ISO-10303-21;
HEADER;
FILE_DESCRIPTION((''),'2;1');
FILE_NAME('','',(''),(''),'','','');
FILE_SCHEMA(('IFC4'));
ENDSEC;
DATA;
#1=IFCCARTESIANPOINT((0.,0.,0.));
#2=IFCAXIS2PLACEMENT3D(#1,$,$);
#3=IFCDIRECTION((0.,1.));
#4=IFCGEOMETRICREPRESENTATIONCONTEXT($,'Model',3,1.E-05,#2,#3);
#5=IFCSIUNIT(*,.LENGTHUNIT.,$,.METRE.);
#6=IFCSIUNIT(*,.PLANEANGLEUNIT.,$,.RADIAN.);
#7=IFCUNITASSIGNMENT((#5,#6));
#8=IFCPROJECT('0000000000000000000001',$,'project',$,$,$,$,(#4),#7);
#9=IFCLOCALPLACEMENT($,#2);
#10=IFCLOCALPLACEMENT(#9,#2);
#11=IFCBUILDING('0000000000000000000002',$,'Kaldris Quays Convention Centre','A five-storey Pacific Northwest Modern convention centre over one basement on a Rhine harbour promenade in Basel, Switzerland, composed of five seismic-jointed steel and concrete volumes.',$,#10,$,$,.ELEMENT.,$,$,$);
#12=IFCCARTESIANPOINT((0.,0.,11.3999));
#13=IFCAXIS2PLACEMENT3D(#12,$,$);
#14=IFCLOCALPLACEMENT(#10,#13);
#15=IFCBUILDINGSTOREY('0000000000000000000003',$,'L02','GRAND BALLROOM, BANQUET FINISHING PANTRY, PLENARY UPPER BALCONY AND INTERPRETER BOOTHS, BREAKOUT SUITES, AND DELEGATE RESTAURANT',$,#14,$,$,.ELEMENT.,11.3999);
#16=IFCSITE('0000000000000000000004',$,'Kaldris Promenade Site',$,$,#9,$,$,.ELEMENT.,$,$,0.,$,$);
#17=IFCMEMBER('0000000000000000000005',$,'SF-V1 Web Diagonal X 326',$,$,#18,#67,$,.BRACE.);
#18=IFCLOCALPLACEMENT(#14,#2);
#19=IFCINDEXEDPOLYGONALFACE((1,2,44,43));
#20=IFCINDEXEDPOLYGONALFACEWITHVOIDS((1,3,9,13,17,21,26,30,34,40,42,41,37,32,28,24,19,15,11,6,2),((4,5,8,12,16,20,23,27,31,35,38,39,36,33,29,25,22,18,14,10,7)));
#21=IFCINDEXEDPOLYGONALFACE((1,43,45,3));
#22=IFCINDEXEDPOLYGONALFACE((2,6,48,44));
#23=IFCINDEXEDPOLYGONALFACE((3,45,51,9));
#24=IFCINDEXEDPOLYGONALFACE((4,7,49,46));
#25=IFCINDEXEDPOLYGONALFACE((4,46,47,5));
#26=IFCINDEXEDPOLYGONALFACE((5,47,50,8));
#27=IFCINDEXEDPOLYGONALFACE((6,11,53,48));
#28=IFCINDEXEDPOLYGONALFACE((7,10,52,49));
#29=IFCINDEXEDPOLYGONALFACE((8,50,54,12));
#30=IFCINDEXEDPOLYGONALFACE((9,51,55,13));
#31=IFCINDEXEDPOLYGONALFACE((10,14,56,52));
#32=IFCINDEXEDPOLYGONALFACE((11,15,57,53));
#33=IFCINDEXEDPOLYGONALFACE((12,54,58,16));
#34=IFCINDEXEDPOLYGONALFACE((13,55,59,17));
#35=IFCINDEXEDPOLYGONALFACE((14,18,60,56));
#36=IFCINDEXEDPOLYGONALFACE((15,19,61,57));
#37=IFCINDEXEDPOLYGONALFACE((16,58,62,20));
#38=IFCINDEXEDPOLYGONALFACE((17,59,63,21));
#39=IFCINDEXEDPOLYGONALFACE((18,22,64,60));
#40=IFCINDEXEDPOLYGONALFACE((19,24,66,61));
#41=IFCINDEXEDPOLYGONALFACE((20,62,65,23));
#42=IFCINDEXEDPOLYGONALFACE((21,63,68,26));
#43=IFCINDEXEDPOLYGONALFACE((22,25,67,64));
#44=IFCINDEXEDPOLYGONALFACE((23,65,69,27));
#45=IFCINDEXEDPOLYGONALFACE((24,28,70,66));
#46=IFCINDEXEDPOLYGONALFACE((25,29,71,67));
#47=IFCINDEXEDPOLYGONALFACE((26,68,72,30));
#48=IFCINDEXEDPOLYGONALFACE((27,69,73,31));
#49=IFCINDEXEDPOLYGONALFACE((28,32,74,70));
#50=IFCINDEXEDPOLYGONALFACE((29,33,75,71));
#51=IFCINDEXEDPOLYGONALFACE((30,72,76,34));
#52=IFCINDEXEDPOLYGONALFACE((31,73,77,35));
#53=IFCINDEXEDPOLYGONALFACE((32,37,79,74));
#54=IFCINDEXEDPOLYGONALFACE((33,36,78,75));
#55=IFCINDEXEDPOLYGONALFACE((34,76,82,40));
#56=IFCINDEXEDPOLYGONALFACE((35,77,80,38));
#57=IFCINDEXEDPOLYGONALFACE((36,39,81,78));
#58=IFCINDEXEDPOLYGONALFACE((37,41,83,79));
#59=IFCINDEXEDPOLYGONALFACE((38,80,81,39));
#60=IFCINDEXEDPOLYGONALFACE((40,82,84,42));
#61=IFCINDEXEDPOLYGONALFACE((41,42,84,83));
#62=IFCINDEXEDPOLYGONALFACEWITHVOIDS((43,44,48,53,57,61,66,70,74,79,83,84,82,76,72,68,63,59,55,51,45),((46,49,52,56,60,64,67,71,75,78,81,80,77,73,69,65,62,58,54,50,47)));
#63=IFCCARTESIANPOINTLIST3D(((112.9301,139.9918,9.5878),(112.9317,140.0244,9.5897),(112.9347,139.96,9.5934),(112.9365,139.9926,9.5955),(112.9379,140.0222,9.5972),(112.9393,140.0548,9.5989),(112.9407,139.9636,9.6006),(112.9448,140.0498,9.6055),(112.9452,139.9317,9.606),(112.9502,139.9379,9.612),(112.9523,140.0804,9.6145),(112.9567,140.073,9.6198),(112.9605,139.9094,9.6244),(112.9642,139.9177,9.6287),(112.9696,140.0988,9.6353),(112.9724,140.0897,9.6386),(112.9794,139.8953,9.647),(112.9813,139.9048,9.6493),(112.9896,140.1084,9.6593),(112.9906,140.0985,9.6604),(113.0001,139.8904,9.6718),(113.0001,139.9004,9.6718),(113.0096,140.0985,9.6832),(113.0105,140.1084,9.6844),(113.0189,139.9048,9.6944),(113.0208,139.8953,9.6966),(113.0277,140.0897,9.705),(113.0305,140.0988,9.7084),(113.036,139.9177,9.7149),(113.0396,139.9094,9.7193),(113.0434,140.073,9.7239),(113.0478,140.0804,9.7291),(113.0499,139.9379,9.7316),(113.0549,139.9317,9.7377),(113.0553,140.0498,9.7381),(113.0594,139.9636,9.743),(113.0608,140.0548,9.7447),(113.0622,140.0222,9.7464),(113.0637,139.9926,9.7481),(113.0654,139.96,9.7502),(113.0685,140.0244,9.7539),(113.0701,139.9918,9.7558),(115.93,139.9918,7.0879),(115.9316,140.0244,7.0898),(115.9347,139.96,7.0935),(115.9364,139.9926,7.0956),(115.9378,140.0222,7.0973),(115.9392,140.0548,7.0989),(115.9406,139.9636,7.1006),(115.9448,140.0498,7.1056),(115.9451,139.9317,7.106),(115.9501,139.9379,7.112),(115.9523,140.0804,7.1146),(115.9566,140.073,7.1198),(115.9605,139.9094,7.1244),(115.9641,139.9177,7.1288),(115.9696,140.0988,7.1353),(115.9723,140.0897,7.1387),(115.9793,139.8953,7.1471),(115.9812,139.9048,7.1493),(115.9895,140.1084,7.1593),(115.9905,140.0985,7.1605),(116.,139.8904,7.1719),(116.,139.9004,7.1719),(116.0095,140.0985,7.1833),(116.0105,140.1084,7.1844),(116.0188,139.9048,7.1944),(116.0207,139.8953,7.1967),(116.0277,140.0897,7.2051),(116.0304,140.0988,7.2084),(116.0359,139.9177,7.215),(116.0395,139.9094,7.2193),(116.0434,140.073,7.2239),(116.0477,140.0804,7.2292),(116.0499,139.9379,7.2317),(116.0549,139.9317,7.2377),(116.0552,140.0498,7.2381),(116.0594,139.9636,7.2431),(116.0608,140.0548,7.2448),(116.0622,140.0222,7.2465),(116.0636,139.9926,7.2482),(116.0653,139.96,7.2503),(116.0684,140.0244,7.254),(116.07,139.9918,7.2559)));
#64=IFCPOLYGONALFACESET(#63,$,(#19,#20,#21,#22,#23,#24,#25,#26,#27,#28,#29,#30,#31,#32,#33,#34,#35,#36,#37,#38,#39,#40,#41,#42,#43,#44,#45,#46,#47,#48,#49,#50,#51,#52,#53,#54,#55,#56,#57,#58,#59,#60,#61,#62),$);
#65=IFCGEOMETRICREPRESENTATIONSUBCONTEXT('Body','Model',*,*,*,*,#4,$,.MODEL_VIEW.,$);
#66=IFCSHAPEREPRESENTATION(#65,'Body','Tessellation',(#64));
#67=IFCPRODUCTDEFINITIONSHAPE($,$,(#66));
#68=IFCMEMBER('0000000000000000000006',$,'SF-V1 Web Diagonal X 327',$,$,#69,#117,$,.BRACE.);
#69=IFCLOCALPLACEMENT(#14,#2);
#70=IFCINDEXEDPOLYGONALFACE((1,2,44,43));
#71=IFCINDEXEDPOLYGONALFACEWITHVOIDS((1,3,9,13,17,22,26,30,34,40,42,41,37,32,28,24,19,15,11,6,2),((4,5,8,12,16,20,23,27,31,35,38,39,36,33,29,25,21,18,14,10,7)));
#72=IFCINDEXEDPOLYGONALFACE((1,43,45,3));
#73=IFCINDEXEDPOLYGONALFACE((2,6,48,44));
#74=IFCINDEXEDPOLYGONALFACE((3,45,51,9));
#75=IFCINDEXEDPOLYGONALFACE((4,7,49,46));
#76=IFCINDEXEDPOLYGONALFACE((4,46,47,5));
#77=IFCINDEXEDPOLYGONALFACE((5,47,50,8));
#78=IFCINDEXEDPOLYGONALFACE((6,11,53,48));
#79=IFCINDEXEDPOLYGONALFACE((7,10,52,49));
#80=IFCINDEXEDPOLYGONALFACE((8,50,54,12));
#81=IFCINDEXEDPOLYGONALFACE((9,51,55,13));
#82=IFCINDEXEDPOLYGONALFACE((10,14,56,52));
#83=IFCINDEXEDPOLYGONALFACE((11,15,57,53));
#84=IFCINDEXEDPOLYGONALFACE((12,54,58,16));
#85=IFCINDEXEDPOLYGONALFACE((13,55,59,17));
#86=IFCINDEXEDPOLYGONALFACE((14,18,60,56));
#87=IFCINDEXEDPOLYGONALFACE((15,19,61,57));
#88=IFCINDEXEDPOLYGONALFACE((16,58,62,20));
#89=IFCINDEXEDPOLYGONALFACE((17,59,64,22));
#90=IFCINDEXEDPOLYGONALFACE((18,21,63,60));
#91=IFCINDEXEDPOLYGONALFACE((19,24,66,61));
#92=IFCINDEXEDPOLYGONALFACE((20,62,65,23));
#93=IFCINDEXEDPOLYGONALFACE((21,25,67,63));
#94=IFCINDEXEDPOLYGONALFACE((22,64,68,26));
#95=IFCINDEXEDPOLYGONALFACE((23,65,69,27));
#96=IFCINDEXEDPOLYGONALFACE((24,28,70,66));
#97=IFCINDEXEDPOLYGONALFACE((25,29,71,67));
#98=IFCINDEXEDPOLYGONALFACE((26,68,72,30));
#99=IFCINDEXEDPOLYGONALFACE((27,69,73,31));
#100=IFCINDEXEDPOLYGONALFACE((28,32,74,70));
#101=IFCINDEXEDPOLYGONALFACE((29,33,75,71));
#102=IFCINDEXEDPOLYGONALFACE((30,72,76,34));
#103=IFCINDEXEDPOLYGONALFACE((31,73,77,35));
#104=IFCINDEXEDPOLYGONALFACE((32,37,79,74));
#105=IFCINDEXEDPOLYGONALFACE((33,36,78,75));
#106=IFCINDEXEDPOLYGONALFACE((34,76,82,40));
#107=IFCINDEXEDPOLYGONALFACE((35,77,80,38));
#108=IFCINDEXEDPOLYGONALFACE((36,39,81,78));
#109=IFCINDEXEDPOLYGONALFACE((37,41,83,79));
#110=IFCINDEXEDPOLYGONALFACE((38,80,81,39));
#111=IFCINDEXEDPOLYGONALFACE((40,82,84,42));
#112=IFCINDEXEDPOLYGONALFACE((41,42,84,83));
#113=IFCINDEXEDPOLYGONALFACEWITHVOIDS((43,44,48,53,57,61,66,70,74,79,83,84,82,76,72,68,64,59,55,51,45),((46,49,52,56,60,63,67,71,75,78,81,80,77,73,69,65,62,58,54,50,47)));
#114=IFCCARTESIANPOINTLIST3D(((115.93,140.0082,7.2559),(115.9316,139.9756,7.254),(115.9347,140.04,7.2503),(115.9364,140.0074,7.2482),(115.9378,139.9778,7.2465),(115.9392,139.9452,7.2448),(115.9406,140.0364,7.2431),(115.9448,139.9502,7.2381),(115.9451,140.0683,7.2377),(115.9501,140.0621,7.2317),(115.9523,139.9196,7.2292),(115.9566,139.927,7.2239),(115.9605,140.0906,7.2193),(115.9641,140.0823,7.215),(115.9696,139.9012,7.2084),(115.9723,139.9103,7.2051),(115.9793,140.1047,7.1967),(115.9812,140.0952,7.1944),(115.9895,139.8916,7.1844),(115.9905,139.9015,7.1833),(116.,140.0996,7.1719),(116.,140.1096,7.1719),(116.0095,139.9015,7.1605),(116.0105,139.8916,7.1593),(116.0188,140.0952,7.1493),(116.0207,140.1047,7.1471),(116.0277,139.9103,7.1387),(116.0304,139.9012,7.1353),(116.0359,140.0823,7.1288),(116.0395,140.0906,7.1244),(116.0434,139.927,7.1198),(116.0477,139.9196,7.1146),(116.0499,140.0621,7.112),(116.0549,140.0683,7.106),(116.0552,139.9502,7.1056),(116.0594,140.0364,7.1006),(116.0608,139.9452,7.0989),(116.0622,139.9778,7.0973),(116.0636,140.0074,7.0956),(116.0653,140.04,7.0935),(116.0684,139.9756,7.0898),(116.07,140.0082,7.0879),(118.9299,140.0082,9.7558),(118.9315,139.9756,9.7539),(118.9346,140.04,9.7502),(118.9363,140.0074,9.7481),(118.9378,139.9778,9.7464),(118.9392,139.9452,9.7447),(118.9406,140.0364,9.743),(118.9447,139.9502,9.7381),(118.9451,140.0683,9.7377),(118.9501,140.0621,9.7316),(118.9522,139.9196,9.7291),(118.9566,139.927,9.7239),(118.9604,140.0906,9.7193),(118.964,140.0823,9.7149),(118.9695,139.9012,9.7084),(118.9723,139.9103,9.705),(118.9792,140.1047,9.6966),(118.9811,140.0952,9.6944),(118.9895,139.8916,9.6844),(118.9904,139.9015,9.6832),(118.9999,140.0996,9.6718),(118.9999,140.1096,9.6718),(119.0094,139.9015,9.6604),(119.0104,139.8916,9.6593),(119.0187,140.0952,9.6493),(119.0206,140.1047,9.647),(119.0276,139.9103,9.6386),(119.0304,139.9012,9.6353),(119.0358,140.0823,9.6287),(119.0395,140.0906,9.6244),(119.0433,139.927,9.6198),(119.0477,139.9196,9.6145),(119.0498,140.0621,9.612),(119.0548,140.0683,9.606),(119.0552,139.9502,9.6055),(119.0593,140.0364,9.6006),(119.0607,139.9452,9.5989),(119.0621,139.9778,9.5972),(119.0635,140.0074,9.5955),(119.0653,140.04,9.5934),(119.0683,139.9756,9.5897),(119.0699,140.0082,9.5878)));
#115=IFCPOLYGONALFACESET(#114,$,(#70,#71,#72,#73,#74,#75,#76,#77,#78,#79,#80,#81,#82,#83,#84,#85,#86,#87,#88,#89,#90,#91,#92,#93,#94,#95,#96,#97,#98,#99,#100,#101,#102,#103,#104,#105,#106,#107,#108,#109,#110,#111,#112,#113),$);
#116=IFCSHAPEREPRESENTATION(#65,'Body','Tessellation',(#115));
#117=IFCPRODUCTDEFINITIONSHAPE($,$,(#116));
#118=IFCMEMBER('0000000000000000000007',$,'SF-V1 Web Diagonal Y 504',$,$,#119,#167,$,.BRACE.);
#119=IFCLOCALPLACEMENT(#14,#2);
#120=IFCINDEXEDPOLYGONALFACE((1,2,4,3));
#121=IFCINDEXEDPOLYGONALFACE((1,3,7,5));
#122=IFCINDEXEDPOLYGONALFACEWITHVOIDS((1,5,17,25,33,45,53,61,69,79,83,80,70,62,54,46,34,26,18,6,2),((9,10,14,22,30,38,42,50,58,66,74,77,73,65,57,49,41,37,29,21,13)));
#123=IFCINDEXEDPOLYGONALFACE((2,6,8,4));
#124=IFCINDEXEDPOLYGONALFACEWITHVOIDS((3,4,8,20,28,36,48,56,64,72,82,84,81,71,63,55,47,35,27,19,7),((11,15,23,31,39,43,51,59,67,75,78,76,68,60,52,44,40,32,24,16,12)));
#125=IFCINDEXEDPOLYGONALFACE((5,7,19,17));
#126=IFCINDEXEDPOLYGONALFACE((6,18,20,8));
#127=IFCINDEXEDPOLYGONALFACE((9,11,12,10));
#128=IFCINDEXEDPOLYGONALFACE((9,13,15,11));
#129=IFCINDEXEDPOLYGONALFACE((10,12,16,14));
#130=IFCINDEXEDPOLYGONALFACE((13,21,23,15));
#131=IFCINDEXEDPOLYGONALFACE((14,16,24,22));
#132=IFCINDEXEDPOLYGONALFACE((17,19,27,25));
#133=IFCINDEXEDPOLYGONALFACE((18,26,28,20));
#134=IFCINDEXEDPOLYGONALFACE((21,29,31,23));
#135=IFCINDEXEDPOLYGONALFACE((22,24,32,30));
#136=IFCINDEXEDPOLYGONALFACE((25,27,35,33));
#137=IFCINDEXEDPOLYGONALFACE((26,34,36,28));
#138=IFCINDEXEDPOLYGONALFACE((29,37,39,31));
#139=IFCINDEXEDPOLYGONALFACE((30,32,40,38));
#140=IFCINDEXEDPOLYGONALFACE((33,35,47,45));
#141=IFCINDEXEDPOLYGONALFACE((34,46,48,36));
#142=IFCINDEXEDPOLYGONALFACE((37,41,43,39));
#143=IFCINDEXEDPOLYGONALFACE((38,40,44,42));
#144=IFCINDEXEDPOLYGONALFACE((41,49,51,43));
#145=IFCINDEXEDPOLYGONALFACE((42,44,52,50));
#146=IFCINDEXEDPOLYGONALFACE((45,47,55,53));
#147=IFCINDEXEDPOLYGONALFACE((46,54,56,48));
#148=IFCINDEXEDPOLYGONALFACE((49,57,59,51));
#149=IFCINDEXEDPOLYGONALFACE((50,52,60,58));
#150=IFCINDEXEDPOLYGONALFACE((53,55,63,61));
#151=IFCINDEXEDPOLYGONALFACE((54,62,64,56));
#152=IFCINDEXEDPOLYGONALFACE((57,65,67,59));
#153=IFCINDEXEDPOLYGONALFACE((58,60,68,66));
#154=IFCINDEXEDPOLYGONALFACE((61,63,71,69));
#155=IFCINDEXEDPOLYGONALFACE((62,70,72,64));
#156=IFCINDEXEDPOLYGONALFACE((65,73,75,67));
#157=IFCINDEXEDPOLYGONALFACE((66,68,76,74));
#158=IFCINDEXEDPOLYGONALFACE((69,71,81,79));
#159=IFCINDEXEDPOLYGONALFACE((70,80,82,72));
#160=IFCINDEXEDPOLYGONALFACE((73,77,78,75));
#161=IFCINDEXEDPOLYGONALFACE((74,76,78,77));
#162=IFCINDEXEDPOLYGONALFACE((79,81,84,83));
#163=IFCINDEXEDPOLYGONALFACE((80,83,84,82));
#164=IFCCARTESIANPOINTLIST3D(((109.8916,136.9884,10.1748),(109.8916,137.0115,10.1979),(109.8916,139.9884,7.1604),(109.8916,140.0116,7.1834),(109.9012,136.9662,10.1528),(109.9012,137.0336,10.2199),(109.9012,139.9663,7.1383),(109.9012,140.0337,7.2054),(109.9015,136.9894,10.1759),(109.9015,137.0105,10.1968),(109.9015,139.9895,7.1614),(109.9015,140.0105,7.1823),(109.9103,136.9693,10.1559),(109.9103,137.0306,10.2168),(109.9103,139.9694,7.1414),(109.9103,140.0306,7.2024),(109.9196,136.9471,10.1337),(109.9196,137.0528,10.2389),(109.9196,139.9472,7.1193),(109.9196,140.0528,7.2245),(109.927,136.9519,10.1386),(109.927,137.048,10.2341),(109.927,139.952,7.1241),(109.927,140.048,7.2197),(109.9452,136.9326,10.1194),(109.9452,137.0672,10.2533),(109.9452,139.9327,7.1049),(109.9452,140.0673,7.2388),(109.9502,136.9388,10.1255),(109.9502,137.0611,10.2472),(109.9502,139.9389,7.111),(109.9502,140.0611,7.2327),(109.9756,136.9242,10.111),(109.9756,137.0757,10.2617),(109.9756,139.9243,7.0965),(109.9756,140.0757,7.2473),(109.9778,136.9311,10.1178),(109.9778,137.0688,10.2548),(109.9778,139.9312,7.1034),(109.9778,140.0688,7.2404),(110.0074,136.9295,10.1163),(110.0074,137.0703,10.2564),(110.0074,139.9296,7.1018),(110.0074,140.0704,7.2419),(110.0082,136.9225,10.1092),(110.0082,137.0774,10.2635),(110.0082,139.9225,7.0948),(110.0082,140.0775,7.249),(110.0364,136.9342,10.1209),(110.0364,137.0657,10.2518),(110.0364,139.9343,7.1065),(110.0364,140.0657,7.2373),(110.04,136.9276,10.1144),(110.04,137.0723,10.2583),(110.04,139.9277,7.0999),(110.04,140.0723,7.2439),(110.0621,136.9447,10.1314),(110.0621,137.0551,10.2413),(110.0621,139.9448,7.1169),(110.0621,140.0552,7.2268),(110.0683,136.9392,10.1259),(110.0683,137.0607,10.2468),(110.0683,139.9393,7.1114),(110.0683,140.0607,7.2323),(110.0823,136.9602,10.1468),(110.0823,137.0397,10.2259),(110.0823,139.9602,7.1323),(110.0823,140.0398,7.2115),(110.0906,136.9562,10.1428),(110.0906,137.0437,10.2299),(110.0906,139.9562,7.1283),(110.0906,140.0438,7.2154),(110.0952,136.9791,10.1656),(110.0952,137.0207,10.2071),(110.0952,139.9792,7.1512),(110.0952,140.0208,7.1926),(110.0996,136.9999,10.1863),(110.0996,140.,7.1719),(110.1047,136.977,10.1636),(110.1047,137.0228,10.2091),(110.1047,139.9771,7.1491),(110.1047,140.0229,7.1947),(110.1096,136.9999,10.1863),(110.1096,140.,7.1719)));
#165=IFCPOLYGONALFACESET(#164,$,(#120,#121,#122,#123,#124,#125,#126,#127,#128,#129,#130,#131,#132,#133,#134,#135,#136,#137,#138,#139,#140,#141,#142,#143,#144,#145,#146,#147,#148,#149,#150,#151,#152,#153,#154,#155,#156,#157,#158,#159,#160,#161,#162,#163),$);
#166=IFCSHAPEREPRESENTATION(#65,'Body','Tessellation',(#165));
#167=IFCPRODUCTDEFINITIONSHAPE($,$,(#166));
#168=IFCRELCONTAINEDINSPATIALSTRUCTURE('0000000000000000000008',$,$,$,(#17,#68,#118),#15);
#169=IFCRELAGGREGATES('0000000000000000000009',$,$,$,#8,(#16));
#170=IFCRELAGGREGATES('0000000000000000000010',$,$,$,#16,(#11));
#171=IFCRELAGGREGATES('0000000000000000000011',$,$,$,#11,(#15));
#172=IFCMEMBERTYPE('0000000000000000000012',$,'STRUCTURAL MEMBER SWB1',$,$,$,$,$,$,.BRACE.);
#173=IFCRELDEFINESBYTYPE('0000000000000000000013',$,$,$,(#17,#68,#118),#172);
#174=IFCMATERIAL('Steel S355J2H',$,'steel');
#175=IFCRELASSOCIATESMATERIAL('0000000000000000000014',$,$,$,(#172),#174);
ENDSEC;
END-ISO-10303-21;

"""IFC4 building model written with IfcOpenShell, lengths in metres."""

from ifc_helpers import new_model, si_unit, direction, frame, origin, origin_2d, place, context, subcontext, project, spatial, hollow_circle, extrude, material, material_profile, profile_set, type_object, element, save


model = new_model("IFC4")

# Units and contexts
model_context = context("Model", 3, precision=1e-05, world=origin(), true_north=direction((0.0, 1.0)))
body_context = subcontext(model_context, "Body", "Model", "MODEL_VIEW")
ifc_project = project(units=[si_unit("LENGTHUNIT", "METRE"), si_unit("PLANEANGLEUNIT", "RADIAN")], contexts=[model_context])

# Site, building, storey
site_placement = place(None, origin())
site = spatial("IfcSite", under=ifc_project, at=site_placement, Name="Kaldris Promenade Site", CompositionType="ELEMENT", RefElevation=0.0)
building_placement = place(site_placement, origin())
building = spatial("IfcBuilding", under=site, at=building_placement, Name="Kaldris Quays Convention Centre", Description="A five-storey Pacific Northwest Modern convention centre over one basement on a Rhine harbour promenade in Basel, Switzerland, composed of five seismic-jointed steel and concrete volumes.", CompositionType="ELEMENT")
storey_placement = place(building_placement, frame((0.0, 0.0, 11.3999)))
storey = spatial("IfcBuildingStorey", under=building, at=storey_placement, Name="L02", Description="GRAND BALLROOM, BANQUET FINISHING PANTRY, PLENARY UPPER BALCONY AND INTERPRETER BOOTHS, BREAKOUT SUITES, AND DELEGATE RESTAURANT", CompositionType="ELEMENT", Elevation=11.3999)

# Members
ifc_material_1 = material(Name="Steel S355J2H", Category="steel")
ifc_material_profile_1 = material_profile(ifc_material_1, hollow_circle(Radius=0.1096, WallThickness=0.01, at=origin_2d()), Name="CHS 219.1x10")
ifc_profile_set_1 = profile_set([ifc_material_profile_1], Name="Steel S355J2H")
member_type_1 = type_object("IfcMemberType", Name="STRUCTURAL MEMBER SWB1", PredefinedType="BRACE", material=ifc_profile_set_1)
for number, where, z_axis, x_axis, name in (
    (1, (116.0, 140.0, 7.1719), (-0.768221, 0.0, 0.640184), (0.0, -1.0, 0.0), "SF-V1 Web Diagonal X 326"),
    (2, (116.0, 140.0, 7.1719), (0.768221, 0.0, 0.640184), (0.0, 1.0, 0.0), "SF-V1 Web Diagonal X 327"),
):
    element("IfcMember", number, at=place(storey_placement, frame(where, z_axis=z_axis, x_axis=x_axis)), inside=storey, type_object=member_type_1, Name=name, PredefinedType="BRACE", context=body_context, shape_type="SweptSolid", body=[
        extrude(hollow_circle(Radius=0.1096, WallThickness=0.01, at=origin_2d()), origin(), (0.0, 0.0, 1.0), 3.905),
    ])
member_1_placement = place(storey_placement, frame((110.0, 140.0, 7.1719), z_axis=(0.0, -0.705411, 0.708798), x_axis=(1.0, 0.0, 0.0)))
element("IfcMember", 3, at=member_1_placement, inside=storey, type_object=member_type_1, Name="SF-V1 Web Diagonal Y 504", PredefinedType="BRACE", context=body_context, shape_type="SweptSolid", body=[
    extrude(hollow_circle(Radius=0.1096, WallThickness=0.01, at=origin_2d()), origin(), (0.0, 0.0, 1.0), 4.2529),
])

save(model, "model.ifc")
